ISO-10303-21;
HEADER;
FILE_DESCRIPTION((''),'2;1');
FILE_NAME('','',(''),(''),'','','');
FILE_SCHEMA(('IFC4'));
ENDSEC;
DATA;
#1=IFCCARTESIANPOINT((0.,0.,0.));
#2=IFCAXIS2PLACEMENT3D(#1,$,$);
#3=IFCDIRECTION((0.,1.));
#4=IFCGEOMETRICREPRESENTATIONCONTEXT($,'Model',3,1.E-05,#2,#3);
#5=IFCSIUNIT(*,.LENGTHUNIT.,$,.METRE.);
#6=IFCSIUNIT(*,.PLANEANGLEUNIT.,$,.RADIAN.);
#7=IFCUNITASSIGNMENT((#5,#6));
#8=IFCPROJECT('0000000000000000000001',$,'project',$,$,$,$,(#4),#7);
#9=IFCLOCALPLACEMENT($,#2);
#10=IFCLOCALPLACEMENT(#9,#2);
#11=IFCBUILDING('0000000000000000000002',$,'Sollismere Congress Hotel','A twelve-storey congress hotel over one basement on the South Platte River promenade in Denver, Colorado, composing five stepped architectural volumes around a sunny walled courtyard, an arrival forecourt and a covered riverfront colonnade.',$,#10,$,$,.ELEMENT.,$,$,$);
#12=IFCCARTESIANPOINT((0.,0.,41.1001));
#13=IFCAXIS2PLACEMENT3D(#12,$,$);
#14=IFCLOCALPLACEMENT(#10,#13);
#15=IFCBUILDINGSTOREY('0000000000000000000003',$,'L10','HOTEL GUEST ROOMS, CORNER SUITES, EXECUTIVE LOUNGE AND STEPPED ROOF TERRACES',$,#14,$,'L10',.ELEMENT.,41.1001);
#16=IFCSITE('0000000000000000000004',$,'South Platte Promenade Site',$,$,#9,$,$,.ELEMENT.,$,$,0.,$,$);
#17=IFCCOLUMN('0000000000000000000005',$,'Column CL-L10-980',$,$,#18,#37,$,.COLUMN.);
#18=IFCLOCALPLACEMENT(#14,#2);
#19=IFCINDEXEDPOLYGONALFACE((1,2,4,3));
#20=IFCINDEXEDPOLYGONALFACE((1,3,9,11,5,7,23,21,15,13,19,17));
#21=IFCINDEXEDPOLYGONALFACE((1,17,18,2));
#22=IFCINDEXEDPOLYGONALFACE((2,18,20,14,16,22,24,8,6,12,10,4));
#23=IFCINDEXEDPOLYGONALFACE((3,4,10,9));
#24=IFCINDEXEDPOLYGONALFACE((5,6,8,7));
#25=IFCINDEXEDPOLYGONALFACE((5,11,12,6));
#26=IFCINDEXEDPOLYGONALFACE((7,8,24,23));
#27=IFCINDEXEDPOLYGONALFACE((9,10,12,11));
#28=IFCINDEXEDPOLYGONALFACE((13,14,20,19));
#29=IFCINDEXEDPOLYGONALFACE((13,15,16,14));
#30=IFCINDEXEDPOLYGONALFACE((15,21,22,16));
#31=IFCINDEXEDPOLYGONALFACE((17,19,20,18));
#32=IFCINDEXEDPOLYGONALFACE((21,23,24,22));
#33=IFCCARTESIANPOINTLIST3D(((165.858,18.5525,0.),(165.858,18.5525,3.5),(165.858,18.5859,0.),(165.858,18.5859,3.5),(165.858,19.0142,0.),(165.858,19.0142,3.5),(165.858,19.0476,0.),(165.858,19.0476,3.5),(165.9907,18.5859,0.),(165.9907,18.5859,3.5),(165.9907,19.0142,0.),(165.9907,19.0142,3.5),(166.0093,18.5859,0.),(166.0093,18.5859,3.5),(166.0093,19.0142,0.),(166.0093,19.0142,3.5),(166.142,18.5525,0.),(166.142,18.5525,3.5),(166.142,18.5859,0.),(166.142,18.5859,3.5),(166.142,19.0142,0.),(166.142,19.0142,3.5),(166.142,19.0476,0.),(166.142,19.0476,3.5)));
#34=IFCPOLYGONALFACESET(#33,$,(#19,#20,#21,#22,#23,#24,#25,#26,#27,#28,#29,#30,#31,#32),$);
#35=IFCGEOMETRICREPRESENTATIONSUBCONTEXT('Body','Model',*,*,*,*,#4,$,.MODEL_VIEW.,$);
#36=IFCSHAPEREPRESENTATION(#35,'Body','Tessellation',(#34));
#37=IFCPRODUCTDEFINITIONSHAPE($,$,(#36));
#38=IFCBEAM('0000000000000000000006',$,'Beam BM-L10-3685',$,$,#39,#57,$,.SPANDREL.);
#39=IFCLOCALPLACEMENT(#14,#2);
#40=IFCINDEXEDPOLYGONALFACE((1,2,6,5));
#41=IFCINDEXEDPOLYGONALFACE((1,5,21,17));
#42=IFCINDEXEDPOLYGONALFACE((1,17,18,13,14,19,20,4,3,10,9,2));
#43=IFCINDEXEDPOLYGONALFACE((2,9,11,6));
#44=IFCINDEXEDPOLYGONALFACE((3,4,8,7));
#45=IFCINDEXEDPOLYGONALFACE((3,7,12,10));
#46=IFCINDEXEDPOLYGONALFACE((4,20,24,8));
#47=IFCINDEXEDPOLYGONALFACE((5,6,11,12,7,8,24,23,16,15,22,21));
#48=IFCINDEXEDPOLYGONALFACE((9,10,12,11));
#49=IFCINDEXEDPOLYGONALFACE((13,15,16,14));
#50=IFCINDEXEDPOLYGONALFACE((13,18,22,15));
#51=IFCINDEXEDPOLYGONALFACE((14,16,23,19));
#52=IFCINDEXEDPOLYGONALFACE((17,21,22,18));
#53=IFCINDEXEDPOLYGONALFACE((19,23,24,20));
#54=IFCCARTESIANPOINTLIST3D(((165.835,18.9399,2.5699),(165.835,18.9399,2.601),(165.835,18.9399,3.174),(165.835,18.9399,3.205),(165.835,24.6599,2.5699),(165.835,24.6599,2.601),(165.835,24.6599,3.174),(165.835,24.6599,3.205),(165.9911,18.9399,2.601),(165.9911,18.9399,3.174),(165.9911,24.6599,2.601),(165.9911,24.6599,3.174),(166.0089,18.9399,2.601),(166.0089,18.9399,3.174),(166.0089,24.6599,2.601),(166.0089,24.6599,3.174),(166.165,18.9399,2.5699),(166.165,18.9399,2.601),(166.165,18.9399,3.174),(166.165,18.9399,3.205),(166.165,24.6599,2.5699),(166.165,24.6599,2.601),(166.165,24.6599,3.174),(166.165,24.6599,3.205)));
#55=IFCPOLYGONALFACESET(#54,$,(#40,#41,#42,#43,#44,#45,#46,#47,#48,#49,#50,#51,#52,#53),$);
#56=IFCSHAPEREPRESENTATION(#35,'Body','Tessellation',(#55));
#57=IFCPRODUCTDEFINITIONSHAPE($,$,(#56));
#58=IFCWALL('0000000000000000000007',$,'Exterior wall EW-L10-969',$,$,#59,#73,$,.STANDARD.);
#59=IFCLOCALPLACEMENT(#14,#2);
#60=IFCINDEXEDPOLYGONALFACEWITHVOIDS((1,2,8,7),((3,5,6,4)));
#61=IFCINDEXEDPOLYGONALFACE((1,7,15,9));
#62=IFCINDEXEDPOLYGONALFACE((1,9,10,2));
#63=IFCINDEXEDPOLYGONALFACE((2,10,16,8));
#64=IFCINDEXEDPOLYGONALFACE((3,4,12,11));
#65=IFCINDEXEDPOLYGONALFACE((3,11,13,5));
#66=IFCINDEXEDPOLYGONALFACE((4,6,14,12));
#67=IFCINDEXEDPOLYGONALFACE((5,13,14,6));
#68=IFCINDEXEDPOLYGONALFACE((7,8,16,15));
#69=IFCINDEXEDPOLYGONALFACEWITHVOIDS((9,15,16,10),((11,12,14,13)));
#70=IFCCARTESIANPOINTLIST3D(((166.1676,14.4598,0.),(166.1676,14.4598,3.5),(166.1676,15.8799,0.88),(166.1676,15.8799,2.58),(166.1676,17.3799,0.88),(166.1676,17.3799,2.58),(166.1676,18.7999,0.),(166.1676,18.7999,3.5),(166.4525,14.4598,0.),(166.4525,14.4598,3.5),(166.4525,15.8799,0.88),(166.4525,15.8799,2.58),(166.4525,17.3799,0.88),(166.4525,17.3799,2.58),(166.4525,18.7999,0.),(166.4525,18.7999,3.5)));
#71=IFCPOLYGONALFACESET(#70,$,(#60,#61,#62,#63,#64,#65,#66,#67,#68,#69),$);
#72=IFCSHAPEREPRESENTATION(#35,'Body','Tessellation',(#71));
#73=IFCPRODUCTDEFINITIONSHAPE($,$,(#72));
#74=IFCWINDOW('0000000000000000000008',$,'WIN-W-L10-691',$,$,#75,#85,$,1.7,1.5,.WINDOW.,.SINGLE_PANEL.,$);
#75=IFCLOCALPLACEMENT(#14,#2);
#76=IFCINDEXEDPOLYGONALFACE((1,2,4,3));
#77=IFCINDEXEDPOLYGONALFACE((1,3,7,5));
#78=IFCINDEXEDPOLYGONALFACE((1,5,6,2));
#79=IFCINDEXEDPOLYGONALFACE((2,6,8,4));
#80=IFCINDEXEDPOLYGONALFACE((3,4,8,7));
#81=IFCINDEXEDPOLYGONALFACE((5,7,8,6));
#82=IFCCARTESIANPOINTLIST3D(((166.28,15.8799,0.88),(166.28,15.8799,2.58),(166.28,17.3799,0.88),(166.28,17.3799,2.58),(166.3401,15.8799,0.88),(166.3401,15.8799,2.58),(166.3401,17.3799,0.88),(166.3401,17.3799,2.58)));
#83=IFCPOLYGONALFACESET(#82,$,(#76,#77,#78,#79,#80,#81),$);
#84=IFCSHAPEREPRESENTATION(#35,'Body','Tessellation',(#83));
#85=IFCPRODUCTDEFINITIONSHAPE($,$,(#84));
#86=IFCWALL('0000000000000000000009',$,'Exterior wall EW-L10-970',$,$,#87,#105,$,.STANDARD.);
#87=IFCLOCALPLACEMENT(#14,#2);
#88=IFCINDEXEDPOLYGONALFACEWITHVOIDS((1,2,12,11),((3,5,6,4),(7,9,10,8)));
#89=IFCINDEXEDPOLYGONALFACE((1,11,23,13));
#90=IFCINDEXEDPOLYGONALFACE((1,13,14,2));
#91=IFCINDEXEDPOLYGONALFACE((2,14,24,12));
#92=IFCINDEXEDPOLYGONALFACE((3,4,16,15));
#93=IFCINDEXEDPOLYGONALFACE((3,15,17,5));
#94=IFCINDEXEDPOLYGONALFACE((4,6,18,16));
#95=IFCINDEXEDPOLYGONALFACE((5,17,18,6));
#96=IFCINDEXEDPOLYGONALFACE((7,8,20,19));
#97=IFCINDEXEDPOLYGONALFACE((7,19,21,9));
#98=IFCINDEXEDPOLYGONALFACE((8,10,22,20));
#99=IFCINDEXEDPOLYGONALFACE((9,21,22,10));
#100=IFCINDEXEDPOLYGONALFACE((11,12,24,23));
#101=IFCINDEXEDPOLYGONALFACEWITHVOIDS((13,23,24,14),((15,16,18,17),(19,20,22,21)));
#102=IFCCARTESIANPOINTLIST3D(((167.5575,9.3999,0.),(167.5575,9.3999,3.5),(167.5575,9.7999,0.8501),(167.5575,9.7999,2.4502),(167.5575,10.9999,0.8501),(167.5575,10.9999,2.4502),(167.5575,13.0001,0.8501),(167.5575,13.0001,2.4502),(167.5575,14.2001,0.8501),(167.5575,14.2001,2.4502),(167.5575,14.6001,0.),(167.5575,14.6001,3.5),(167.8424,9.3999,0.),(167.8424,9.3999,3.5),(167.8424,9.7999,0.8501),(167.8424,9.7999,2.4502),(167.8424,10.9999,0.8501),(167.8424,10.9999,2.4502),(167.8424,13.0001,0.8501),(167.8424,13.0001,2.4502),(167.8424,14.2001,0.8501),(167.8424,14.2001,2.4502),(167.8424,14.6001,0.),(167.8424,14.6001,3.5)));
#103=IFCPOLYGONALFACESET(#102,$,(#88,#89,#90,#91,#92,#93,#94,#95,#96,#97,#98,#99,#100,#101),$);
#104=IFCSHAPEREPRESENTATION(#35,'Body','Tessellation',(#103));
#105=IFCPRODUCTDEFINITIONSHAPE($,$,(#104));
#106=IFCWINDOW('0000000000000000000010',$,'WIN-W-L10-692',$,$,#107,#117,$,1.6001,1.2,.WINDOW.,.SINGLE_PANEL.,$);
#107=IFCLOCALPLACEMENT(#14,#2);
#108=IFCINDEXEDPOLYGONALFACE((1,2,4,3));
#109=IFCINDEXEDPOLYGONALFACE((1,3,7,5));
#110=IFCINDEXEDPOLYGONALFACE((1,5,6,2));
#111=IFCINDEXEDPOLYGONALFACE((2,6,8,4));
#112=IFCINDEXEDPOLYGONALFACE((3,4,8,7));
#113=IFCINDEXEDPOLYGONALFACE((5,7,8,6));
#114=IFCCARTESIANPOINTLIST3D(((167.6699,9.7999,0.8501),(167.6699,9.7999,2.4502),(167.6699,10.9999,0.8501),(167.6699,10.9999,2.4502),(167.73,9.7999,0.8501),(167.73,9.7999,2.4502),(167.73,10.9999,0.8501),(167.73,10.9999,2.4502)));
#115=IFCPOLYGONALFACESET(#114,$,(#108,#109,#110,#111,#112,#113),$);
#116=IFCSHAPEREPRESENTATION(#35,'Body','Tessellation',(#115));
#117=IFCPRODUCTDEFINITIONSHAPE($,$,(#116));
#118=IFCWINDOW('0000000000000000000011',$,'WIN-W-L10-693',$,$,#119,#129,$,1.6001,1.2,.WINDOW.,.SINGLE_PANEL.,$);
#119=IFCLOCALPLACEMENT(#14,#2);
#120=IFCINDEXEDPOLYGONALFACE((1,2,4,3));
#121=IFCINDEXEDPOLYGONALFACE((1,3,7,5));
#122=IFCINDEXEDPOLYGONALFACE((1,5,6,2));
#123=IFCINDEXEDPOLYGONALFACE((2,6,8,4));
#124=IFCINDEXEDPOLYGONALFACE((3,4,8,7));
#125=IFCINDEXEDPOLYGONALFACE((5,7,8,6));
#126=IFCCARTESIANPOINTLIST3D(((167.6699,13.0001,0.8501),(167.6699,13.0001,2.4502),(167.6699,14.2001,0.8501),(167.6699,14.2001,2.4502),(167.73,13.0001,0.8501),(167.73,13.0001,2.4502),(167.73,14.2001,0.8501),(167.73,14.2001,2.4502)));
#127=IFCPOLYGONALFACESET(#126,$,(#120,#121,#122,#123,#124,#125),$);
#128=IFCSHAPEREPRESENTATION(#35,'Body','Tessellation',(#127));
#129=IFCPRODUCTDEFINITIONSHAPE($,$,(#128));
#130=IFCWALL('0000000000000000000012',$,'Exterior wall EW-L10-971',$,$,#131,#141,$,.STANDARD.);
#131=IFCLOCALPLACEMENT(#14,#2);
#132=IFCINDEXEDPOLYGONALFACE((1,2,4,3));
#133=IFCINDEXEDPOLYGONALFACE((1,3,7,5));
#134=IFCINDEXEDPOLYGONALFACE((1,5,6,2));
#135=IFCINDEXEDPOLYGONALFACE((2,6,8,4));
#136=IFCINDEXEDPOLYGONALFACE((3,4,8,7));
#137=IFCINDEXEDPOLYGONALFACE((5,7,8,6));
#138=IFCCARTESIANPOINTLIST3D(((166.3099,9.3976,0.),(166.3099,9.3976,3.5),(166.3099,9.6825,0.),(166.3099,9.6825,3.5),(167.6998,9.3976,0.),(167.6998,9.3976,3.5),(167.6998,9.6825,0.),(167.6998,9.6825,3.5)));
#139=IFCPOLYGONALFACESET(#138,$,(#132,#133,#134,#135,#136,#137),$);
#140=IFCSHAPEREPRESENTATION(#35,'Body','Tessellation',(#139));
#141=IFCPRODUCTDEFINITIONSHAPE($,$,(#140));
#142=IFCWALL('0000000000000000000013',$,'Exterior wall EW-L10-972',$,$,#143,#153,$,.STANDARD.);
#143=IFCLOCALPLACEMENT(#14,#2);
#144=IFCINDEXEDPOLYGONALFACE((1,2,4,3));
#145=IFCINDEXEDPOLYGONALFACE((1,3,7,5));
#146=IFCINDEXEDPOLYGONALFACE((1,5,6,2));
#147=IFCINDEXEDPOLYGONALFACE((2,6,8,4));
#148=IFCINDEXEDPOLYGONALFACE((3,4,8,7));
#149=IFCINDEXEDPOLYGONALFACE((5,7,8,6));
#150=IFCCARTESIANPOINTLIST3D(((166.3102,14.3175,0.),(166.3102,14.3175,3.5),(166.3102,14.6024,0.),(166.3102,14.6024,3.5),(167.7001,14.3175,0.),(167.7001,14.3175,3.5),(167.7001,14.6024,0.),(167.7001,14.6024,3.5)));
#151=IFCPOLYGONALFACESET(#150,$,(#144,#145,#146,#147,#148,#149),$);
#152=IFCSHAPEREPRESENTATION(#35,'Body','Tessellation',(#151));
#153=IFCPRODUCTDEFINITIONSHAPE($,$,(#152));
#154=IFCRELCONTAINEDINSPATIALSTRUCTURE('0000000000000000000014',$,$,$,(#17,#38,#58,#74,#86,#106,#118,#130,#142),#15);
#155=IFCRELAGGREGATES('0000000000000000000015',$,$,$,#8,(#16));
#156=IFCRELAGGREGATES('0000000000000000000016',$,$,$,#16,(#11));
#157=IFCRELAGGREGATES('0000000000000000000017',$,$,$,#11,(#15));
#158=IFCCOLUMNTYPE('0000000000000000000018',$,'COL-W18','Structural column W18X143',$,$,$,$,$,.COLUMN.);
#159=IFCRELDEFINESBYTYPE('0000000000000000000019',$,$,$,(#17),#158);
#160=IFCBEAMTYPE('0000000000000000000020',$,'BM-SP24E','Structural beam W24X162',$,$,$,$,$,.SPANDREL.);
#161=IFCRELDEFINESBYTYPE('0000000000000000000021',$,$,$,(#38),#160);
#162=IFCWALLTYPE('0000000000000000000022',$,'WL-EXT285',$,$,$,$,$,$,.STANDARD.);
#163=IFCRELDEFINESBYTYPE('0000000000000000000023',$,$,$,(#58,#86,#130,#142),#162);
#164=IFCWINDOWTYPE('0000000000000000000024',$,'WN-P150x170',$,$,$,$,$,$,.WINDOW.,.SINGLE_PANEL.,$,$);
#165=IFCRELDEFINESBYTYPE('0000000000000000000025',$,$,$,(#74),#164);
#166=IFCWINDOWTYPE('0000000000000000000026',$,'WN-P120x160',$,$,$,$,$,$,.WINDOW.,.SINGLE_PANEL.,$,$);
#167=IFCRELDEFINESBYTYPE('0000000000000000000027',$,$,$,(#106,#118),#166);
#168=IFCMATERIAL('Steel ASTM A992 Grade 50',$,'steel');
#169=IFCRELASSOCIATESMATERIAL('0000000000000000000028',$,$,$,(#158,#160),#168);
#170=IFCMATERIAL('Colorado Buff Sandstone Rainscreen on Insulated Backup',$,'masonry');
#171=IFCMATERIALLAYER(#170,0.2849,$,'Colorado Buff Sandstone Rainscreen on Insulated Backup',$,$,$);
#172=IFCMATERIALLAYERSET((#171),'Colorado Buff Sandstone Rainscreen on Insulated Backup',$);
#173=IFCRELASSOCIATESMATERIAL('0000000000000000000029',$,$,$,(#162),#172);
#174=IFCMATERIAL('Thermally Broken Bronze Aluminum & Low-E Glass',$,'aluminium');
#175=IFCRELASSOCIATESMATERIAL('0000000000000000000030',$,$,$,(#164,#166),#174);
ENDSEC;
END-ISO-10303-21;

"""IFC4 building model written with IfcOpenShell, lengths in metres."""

from ifc_helpers import new_model, si_unit, direction, frame, frame_2d, origin, origin_2d, place, context, subcontext, project, spatial, rectangle, i_section, extrude, material, layer, layer_set, material_profile, profile_set, type_object, element, fill, save


model = new_model("IFC4")

# Units and contexts
model_context = context("Model", 3, precision=1e-05, world=origin(), true_north=direction((0.0, 1.0)))
body_context = subcontext(model_context, "Body", "Model", "MODEL_VIEW")
ifc_project = project(units=[si_unit("LENGTHUNIT", "METRE"), si_unit("PLANEANGLEUNIT", "RADIAN")], contexts=[model_context])

# Site, building, storey
site_placement = place(None, origin())
site = spatial("IfcSite", under=ifc_project, at=site_placement, Name="South Platte Promenade Site", CompositionType="ELEMENT", RefElevation=0.0)
building_placement = place(site_placement, origin())
building = spatial("IfcBuilding", under=site, at=building_placement, Name="Sollismere Congress Hotel", Description="A twelve-storey congress hotel over one basement on the South Platte River promenade in Denver, Colorado, composing five stepped architectural volumes around a sunny walled courtyard, an arrival forecourt and a covered riverfront colonnade.", CompositionType="ELEMENT")
storey_placement = place(building_placement, frame((0.0, 0.0, 41.1001)))
storey = spatial("IfcBuildingStorey", under=building, at=storey_placement, Name="L10", Description="HOTEL GUEST ROOMS, CORNER SUITES, EXECUTIVE LOUNGE AND STEPPED ROOF TERRACES", LongName="L10", CompositionType="ELEMENT", Elevation=41.1001)

# Column
ifc_material_1 = material(Name="Steel ASTM A992 Grade 50", Category="steel")
ifc_material_profile_1 = material_profile(ifc_material_1, i_section(OverallWidth=0.2839, OverallDepth=0.4951, WebThickness=0.0186, FlangeThickness=0.0334, at=origin_2d()), Name="W18X143")
ifc_profile_set_1 = profile_set([ifc_material_profile_1], Name="Steel ASTM A992 Grade 50")
column_type = type_object("IfcColumnType", Name="COL-W18", Description="Structural column W18X143", PredefinedType="COLUMN", material=ifc_profile_set_1)
column_placement = place(storey_placement, frame((166.0, 18.8, 0.0), z_axis=(0.0, 0.0, 1.0), x_axis=(1.0, 0.0, 0.0)))
element("IfcColumn", 1, at=column_placement, inside=storey, type_object=column_type, Name="Column CL-L10-980", PredefinedType="COLUMN", context=body_context, shape_type="SweptSolid", body=[
    extrude(i_section(OverallWidth=0.2839, OverallDepth=0.4951, WebThickness=0.0186, FlangeThickness=0.0334, at=origin_2d()), origin(), (0.0, 0.0, 1.0), 3.5),
])

# Beam
ifc_material_profile_2 = material_profile(ifc_material_1, i_section(OverallWidth=0.3301, OverallDepth=0.635, WebThickness=0.0178, FlangeThickness=0.031, at=origin_2d()), Name="W24X162")
ifc_profile_set_2 = profile_set([ifc_material_profile_2], Name="Steel ASTM A992 Grade 50")
beam_type = type_object("IfcBeamType", Name="BM-SP24E", Description="Structural beam W24X162", PredefinedType="SPANDREL", material=ifc_profile_set_2)
beam_placement = place(storey_placement, frame((166.0, 18.9399, 2.8875), z_axis=(0.0, 1.0, 0.0), x_axis=(-1.0, 0.0, 0.0)))
element("IfcBeam", 2, at=beam_placement, inside=storey, type_object=beam_type, Name="Beam BM-L10-3685", PredefinedType="SPANDREL", context=body_context, shape_type="SweptSolid", body=[
    extrude(i_section(OverallWidth=0.3301, OverallDepth=0.635, WebThickness=0.0178, FlangeThickness=0.031, at=origin_2d()), origin(), (0.0, 0.0, 1.0), 5.72),
])

# Wall, opening, window
ifc_material_2 = material(Name="Colorado Buff Sandstone Rainscreen on Insulated Backup", Category="masonry")
ifc_layer_1 = layer(ifc_material_2, 0.2849, Name="Colorado Buff Sandstone Rainscreen on Insulated Backup")
ifc_layer_set_1 = layer_set([ifc_layer_1], Name="Colorado Buff Sandstone Rainscreen on Insulated Backup")
wall_type_1 = type_object("IfcWallType", Name="WL-EXT285", PredefinedType="STANDARD", material=ifc_layer_set_1)
wall_1_placement = place(storey_placement, frame((166.3101, 14.46, 0.0), z_axis=(0.0, 0.0, 1.0), x_axis=(0.0, 1.0, 0.0)))
wall_1 = element("IfcWall", 3, at=wall_1_placement, inside=storey, type_object=wall_type_1, Name="Exterior wall EW-L10-969", PredefinedType="STANDARD", context=body_context, shape_type="SweptSolid", body=[
    extrude(rectangle(XDim=4.3401, YDim=0.2849, at=frame_2d((2.1699, 0.0))), origin(), (0.0, 0.0, 1.0), 3.5),
])
opening_1_placement = place(wall_1_placement, frame((1.4199, 0.0, 0.8799)))
opening_1 = element("IfcOpeningElement", 4, at=opening_1_placement, cuts=wall_1, PredefinedType="OPENING", context=body_context, shape_type="SweptSolid", body=[
    extrude(rectangle(XDim=1.5, YDim=1.7, at=frame_2d((0.75, 0.8501))), frame((0.0, 0.1523, 0.0), z_axis=(0.0, -1.0, 0.0), x_axis=(1.0, 0.0, 0.0)), (0.0, 0.0, 1.0), 0.3049),
])
ifc_material_3 = material(Name="Thermally Broken Bronze Aluminum & Low-E Glass", Category="aluminium")
window_type_1 = type_object("IfcWindowType", Name="WN-P150x170", PartitioningType="SINGLE_PANEL", PredefinedType="WINDOW", material=ifc_material_3)
window_1_placement = place(opening_1_placement, origin())
window_1 = element("IfcWindow", 5, at=window_1_placement, inside=storey, type_object=window_type_1, Name="WIN-W-L10-691", OverallHeight=1.7, OverallWidth=1.5, PartitioningType="SINGLE_PANEL", PredefinedType="WINDOW", context=body_context, shape_type="SweptSolid", body=[
    extrude(rectangle(XDim=1.5, YDim=1.7, at=frame_2d((0.75, 0.8501))), frame((0.0, 0.03, 0.0), z_axis=(0.0, -1.0, 0.0), x_axis=(1.0, 0.0, 0.0)), (0.0, 0.0, 1.0), 0.0601),
])
fill(opening_1, window_1)

# Wall, openings, windows
wall_2_placement = place(storey_placement, frame((167.7, 9.3999, 0.0), z_axis=(0.0, 0.0, 1.0), x_axis=(0.0, 1.0, 0.0)))
wall_2 = element("IfcWall", 6, at=wall_2_placement, inside=storey, type_object=wall_type_1, Name="Exterior wall EW-L10-970", PredefinedType="STANDARD", context=body_context, shape_type="SweptSolid", body=[
    extrude(rectangle(XDim=5.2002, YDim=0.2849, at=frame_2d((2.6001, 0.0))), origin(), (0.0, 0.0, 1.0), 3.5),
])
opening_2_placement = place(wall_2_placement, frame((0.3999, 0.0, 0.8501)))
opening_2 = element("IfcOpeningElement", 7, at=opening_2_placement, cuts=wall_2, PredefinedType="OPENING", context=body_context, shape_type="SweptSolid", body=[
    extrude(rectangle(XDim=1.2, YDim=1.6001, at=frame_2d((0.6001, 0.8))), frame((0.0, 0.1523, 0.0), z_axis=(0.0, -1.0, 0.0), x_axis=(1.0, 0.0, 0.0)), (0.0, 0.0, 1.0), 0.3049),
])
opening_3_placement = place(wall_2_placement, frame((3.6001, 0.0, 0.8501)))
opening_3 = element("IfcOpeningElement", 8, at=opening_3_placement, cuts=wall_2, PredefinedType="OPENING", context=body_context, shape_type="SweptSolid", body=[
    extrude(rectangle(XDim=1.2, YDim=1.6001, at=frame_2d((0.6001, 0.8))), frame((0.0, 0.1523, 0.0), z_axis=(0.0, -1.0, 0.0), x_axis=(1.0, 0.0, 0.0)), (0.0, 0.0, 1.0), 0.3049),
])
window_type_2 = type_object("IfcWindowType", Name="WN-P120x160", PartitioningType="SINGLE_PANEL", PredefinedType="WINDOW", material=ifc_material_3)
window_2_placement = place(opening_2_placement, origin())
window_2 = element("IfcWindow", 9, at=window_2_placement, inside=storey, type_object=window_type_2, Name="WIN-W-L10-692", OverallHeight=1.6001, OverallWidth=1.2, PartitioningType="SINGLE_PANEL", PredefinedType="WINDOW", context=body_context, shape_type="SweptSolid", body=[
    extrude(rectangle(XDim=1.2, YDim=1.6001, at=frame_2d((0.6001, 0.8))), frame((0.0, 0.03, 0.0), z_axis=(0.0, -1.0, 0.0), x_axis=(1.0, 0.0, 0.0)), (0.0, 0.0, 1.0), 0.0601),
])
fill(opening_2, window_2)
window_3_placement = place(opening_3_placement, origin())
window_3 = element("IfcWindow", 10, at=window_3_placement, inside=storey, type_object=window_type_2, Name="WIN-W-L10-693", OverallHeight=1.6001, OverallWidth=1.2, PartitioningType="SINGLE_PANEL", PredefinedType="WINDOW", context=body_context, shape_type="SweptSolid", body=[
    extrude(rectangle(XDim=1.2, YDim=1.6001, at=frame_2d((0.6001, 0.8))), frame((0.0, 0.03, 0.0), z_axis=(0.0, -1.0, 0.0), x_axis=(1.0, 0.0, 0.0)), (0.0, 0.0, 1.0), 0.0601),
])
fill(opening_3, window_3)

# Walls
for number, where, z_axis, x_axis, name in (
    (11, (166.3101, 9.54, 0.0), (0.0, 0.0, 1.0), (1.0, 0.0, 0.0), "Exterior wall EW-L10-971"),
    (12, (167.7, 14.46, 0.0), (0.0, 0.0, 1.0), (-1.0, 0.0, 0.0), "Exterior wall EW-L10-972"),
):
    element("IfcWall", number, at=place(storey_placement, frame(where, z_axis=z_axis, x_axis=x_axis)), inside=storey, type_object=wall_type_1, Name=name, PredefinedType="STANDARD", context=body_context, shape_type="SweptSolid", body=[
        extrude(rectangle(XDim=1.3899, YDim=0.2849, at=frame_2d((0.6948, 0.0))), origin(), (0.0, 0.0, 1.0), 3.5),
    ])

save(model, "model.ifc")
